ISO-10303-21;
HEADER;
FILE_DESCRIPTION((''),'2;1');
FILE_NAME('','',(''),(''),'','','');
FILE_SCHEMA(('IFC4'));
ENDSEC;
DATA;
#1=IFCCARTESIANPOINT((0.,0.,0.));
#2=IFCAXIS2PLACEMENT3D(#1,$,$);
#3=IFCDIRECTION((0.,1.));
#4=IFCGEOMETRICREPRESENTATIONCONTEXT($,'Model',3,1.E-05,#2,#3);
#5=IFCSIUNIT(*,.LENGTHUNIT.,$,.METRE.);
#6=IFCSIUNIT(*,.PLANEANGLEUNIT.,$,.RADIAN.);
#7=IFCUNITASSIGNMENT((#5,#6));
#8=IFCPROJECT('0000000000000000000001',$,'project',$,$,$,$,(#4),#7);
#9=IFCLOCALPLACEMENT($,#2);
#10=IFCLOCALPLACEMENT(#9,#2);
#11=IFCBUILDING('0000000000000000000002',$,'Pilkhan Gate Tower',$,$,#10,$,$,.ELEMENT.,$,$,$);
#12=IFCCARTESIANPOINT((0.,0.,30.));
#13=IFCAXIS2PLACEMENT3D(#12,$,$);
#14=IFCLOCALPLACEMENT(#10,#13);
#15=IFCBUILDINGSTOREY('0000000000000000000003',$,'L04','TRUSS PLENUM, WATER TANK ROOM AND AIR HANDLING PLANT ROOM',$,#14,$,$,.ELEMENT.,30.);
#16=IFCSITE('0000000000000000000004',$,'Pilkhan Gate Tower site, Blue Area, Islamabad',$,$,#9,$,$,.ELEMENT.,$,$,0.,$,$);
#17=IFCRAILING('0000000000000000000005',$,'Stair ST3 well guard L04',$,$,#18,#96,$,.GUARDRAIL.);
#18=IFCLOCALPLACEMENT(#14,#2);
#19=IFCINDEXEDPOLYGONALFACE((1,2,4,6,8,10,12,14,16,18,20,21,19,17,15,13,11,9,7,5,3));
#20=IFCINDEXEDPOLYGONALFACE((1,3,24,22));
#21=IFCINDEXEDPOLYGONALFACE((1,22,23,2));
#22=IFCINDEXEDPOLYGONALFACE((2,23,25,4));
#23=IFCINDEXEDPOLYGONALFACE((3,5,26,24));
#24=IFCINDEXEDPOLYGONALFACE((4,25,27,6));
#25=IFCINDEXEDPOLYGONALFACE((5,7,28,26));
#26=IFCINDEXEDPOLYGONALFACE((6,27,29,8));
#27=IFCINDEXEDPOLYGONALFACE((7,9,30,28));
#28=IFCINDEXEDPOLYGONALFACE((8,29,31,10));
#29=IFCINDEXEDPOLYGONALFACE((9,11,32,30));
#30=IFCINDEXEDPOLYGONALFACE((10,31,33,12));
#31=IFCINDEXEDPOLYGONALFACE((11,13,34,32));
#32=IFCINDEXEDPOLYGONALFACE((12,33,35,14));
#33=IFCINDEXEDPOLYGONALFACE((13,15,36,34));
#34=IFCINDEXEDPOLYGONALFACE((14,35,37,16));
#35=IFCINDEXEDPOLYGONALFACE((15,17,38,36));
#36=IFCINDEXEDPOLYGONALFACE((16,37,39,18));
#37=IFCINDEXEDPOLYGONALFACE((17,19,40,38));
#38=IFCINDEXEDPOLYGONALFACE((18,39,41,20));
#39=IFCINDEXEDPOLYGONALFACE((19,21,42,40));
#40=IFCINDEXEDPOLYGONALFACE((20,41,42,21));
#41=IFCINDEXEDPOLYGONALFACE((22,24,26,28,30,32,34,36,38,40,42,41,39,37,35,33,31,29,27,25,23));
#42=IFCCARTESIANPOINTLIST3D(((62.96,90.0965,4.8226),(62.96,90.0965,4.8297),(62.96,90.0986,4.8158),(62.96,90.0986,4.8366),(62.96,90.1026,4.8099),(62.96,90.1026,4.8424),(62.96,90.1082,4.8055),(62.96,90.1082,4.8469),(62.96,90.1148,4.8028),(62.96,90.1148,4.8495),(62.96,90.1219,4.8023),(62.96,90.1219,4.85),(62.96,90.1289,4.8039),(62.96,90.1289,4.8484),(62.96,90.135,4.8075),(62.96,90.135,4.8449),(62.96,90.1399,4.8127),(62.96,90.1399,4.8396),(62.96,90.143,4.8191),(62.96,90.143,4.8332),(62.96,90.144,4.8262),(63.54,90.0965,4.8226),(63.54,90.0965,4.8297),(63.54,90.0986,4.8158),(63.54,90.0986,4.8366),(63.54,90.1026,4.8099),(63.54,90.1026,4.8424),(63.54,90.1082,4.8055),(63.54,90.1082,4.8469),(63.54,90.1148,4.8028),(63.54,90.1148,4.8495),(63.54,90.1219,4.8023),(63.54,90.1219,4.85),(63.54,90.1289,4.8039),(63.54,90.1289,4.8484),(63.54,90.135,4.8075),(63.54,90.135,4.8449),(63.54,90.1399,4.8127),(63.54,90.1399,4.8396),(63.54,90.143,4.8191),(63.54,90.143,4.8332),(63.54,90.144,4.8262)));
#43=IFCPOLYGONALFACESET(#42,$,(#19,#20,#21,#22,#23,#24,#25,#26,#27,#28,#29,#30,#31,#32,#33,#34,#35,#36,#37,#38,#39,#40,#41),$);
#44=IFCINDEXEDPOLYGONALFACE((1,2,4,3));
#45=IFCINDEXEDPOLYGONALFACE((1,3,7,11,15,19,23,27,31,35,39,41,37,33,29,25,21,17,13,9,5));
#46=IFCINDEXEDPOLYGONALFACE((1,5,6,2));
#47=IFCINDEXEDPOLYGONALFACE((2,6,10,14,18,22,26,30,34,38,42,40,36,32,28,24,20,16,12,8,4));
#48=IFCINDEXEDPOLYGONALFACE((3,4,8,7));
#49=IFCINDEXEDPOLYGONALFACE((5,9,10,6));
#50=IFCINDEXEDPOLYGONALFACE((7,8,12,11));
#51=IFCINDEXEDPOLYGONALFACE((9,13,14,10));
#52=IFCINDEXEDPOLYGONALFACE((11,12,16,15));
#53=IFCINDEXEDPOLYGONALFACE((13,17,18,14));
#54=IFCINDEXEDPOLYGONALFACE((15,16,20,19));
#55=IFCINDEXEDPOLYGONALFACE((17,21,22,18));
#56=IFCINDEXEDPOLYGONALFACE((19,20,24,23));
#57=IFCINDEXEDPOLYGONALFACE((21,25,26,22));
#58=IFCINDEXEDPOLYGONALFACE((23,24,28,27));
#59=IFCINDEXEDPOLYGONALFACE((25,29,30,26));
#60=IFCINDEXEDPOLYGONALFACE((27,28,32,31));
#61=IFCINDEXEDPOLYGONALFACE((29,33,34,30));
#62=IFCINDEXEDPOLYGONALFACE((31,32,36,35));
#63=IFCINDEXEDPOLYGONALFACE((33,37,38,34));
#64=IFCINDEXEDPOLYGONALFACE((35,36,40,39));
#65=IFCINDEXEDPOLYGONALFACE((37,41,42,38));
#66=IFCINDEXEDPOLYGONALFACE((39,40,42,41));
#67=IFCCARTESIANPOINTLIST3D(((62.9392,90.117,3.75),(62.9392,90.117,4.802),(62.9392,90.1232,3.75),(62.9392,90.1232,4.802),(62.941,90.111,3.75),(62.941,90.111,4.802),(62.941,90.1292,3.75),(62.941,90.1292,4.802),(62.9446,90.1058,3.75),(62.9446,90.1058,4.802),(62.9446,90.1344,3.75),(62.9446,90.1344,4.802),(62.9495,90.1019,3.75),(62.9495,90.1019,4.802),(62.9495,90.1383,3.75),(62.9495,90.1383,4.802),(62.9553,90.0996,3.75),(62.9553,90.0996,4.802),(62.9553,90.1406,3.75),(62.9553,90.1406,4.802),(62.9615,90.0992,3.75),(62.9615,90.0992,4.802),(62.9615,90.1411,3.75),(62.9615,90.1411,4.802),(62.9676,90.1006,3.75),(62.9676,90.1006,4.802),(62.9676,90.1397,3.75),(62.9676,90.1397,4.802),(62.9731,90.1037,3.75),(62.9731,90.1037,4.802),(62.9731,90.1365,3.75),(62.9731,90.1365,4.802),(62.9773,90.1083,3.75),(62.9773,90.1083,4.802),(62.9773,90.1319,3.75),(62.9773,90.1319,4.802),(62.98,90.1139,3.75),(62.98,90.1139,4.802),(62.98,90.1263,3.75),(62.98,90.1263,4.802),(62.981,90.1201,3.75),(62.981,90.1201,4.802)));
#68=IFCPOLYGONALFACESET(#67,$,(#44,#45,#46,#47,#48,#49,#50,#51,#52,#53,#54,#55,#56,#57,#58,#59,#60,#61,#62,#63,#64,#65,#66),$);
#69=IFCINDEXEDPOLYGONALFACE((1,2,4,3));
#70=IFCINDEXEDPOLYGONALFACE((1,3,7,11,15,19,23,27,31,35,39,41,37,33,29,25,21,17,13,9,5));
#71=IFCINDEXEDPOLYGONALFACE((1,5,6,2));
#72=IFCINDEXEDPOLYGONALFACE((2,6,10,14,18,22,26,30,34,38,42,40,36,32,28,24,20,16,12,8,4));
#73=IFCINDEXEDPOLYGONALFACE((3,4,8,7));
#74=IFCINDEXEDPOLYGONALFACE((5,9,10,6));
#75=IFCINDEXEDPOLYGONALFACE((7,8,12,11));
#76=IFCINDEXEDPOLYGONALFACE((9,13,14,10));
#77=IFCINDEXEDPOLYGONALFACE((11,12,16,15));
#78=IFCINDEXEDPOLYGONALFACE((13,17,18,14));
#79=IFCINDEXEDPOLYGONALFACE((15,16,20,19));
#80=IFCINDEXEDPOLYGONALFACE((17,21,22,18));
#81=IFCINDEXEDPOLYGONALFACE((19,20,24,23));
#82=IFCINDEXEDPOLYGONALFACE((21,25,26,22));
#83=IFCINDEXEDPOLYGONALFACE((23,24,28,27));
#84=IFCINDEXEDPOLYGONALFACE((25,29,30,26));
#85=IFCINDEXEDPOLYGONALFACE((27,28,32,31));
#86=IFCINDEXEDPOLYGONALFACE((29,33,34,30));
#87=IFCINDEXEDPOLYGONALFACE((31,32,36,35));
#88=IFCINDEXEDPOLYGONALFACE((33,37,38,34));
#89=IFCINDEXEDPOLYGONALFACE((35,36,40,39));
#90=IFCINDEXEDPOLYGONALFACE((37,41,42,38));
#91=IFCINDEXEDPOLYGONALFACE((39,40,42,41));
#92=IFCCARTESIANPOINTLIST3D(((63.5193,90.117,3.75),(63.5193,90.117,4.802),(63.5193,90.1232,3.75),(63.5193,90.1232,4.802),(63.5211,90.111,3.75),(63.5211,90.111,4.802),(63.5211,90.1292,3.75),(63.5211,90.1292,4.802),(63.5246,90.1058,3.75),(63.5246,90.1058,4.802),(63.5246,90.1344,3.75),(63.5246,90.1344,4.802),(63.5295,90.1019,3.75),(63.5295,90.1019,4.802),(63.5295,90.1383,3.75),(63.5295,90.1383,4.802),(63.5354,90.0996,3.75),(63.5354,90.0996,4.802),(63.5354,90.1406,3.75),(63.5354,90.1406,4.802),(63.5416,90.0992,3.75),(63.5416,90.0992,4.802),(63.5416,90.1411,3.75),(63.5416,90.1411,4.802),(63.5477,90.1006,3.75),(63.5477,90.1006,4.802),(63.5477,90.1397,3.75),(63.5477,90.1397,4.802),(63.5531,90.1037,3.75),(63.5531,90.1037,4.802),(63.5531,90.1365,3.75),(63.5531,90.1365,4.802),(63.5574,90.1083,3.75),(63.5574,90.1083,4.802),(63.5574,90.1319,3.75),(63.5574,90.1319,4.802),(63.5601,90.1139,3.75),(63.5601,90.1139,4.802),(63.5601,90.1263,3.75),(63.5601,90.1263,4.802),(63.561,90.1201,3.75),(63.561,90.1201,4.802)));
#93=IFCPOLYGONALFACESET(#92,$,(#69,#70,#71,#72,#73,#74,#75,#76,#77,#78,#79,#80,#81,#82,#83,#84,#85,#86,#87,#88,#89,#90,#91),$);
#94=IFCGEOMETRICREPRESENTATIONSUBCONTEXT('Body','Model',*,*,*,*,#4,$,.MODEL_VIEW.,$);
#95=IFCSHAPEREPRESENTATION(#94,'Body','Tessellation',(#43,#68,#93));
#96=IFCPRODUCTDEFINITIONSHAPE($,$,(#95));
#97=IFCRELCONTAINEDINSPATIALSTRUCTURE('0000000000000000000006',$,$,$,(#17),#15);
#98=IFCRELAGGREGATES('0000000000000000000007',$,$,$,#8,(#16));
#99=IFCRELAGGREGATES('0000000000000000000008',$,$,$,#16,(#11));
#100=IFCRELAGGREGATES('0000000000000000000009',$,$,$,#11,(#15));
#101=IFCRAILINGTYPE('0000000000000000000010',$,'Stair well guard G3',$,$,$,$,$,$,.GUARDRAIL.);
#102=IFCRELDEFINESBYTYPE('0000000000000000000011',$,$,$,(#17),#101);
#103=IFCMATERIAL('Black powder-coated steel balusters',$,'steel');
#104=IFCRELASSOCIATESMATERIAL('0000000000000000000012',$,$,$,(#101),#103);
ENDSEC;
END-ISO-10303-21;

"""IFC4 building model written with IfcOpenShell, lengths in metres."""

from ifc_helpers import new_model, si_unit, direction, frame, origin, origin_2d, place, context, subcontext, project, spatial, circle, extrude, material, type_object, element, save


model = new_model("IFC4")

# Units and contexts
model_context = context("Model", 3, precision=1e-05, world=origin(), true_north=direction((0.0, 1.0)))
body_context = subcontext(model_context, "Body", "Model", "MODEL_VIEW")
ifc_project = project(units=[si_unit("LENGTHUNIT", "METRE"), si_unit("PLANEANGLEUNIT", "RADIAN")], contexts=[model_context])

# Site, building, storey
site_placement = place(None, origin())
site = spatial("IfcSite", under=ifc_project, at=site_placement, Name="Pilkhan Gate Tower site, Blue Area, Islamabad", CompositionType="ELEMENT", RefElevation=0.0)
building_placement = place(site_placement, origin())
building = spatial("IfcBuilding", under=site, at=building_placement, Name="Pilkhan Gate Tower", CompositionType="ELEMENT")
storey_placement = place(building_placement, frame((0.0, 0.0, 30.0)))
storey = spatial("IfcBuildingStorey", under=building, at=storey_placement, Name="L04", Description="TRUSS PLENUM, WATER TANK ROOM AND AIR HANDLING PLANT ROOM", CompositionType="ELEMENT", Elevation=30.0)

# Railing
ifc_material_1 = material(Name="Black powder-coated steel balusters", Category="steel")
railing_type_1 = type_object("IfcRailingType", Name="Stair well guard G3", PredefinedType="GUARDRAIL", material=ifc_material_1)
for number, where, name in (
    (1, (62.96, 90.1201, 3.75), "Stair ST3 well guard L04"),
):
    element("IfcRailing", number, at=place(storey_placement, frame(where)), inside=storey, type_object=railing_type_1, Name=name, PredefinedType="GUARDRAIL", context=body_context, shape_type="SweptSolid", body=[
        extrude(circle(Radius=0.0239, at=origin_2d()), frame((0.0, 0.0, 1.0762), z_axis=(1.0, 0.0, 0.0), x_axis=(0.0, 1.0, 0.0)), (0.0, 0.0, 1.0), 0.5801),
        extrude(circle(Radius=0.021, at=origin_2d()), origin(), (0.0, 0.0, 1.0), 1.052),
        extrude(circle(Radius=0.021, at=origin_2d()), frame((0.5801, 0.0, 0.0)), (0.0, 0.0, 1.0), 1.052),
    ])

save(model, "model.ifc")
